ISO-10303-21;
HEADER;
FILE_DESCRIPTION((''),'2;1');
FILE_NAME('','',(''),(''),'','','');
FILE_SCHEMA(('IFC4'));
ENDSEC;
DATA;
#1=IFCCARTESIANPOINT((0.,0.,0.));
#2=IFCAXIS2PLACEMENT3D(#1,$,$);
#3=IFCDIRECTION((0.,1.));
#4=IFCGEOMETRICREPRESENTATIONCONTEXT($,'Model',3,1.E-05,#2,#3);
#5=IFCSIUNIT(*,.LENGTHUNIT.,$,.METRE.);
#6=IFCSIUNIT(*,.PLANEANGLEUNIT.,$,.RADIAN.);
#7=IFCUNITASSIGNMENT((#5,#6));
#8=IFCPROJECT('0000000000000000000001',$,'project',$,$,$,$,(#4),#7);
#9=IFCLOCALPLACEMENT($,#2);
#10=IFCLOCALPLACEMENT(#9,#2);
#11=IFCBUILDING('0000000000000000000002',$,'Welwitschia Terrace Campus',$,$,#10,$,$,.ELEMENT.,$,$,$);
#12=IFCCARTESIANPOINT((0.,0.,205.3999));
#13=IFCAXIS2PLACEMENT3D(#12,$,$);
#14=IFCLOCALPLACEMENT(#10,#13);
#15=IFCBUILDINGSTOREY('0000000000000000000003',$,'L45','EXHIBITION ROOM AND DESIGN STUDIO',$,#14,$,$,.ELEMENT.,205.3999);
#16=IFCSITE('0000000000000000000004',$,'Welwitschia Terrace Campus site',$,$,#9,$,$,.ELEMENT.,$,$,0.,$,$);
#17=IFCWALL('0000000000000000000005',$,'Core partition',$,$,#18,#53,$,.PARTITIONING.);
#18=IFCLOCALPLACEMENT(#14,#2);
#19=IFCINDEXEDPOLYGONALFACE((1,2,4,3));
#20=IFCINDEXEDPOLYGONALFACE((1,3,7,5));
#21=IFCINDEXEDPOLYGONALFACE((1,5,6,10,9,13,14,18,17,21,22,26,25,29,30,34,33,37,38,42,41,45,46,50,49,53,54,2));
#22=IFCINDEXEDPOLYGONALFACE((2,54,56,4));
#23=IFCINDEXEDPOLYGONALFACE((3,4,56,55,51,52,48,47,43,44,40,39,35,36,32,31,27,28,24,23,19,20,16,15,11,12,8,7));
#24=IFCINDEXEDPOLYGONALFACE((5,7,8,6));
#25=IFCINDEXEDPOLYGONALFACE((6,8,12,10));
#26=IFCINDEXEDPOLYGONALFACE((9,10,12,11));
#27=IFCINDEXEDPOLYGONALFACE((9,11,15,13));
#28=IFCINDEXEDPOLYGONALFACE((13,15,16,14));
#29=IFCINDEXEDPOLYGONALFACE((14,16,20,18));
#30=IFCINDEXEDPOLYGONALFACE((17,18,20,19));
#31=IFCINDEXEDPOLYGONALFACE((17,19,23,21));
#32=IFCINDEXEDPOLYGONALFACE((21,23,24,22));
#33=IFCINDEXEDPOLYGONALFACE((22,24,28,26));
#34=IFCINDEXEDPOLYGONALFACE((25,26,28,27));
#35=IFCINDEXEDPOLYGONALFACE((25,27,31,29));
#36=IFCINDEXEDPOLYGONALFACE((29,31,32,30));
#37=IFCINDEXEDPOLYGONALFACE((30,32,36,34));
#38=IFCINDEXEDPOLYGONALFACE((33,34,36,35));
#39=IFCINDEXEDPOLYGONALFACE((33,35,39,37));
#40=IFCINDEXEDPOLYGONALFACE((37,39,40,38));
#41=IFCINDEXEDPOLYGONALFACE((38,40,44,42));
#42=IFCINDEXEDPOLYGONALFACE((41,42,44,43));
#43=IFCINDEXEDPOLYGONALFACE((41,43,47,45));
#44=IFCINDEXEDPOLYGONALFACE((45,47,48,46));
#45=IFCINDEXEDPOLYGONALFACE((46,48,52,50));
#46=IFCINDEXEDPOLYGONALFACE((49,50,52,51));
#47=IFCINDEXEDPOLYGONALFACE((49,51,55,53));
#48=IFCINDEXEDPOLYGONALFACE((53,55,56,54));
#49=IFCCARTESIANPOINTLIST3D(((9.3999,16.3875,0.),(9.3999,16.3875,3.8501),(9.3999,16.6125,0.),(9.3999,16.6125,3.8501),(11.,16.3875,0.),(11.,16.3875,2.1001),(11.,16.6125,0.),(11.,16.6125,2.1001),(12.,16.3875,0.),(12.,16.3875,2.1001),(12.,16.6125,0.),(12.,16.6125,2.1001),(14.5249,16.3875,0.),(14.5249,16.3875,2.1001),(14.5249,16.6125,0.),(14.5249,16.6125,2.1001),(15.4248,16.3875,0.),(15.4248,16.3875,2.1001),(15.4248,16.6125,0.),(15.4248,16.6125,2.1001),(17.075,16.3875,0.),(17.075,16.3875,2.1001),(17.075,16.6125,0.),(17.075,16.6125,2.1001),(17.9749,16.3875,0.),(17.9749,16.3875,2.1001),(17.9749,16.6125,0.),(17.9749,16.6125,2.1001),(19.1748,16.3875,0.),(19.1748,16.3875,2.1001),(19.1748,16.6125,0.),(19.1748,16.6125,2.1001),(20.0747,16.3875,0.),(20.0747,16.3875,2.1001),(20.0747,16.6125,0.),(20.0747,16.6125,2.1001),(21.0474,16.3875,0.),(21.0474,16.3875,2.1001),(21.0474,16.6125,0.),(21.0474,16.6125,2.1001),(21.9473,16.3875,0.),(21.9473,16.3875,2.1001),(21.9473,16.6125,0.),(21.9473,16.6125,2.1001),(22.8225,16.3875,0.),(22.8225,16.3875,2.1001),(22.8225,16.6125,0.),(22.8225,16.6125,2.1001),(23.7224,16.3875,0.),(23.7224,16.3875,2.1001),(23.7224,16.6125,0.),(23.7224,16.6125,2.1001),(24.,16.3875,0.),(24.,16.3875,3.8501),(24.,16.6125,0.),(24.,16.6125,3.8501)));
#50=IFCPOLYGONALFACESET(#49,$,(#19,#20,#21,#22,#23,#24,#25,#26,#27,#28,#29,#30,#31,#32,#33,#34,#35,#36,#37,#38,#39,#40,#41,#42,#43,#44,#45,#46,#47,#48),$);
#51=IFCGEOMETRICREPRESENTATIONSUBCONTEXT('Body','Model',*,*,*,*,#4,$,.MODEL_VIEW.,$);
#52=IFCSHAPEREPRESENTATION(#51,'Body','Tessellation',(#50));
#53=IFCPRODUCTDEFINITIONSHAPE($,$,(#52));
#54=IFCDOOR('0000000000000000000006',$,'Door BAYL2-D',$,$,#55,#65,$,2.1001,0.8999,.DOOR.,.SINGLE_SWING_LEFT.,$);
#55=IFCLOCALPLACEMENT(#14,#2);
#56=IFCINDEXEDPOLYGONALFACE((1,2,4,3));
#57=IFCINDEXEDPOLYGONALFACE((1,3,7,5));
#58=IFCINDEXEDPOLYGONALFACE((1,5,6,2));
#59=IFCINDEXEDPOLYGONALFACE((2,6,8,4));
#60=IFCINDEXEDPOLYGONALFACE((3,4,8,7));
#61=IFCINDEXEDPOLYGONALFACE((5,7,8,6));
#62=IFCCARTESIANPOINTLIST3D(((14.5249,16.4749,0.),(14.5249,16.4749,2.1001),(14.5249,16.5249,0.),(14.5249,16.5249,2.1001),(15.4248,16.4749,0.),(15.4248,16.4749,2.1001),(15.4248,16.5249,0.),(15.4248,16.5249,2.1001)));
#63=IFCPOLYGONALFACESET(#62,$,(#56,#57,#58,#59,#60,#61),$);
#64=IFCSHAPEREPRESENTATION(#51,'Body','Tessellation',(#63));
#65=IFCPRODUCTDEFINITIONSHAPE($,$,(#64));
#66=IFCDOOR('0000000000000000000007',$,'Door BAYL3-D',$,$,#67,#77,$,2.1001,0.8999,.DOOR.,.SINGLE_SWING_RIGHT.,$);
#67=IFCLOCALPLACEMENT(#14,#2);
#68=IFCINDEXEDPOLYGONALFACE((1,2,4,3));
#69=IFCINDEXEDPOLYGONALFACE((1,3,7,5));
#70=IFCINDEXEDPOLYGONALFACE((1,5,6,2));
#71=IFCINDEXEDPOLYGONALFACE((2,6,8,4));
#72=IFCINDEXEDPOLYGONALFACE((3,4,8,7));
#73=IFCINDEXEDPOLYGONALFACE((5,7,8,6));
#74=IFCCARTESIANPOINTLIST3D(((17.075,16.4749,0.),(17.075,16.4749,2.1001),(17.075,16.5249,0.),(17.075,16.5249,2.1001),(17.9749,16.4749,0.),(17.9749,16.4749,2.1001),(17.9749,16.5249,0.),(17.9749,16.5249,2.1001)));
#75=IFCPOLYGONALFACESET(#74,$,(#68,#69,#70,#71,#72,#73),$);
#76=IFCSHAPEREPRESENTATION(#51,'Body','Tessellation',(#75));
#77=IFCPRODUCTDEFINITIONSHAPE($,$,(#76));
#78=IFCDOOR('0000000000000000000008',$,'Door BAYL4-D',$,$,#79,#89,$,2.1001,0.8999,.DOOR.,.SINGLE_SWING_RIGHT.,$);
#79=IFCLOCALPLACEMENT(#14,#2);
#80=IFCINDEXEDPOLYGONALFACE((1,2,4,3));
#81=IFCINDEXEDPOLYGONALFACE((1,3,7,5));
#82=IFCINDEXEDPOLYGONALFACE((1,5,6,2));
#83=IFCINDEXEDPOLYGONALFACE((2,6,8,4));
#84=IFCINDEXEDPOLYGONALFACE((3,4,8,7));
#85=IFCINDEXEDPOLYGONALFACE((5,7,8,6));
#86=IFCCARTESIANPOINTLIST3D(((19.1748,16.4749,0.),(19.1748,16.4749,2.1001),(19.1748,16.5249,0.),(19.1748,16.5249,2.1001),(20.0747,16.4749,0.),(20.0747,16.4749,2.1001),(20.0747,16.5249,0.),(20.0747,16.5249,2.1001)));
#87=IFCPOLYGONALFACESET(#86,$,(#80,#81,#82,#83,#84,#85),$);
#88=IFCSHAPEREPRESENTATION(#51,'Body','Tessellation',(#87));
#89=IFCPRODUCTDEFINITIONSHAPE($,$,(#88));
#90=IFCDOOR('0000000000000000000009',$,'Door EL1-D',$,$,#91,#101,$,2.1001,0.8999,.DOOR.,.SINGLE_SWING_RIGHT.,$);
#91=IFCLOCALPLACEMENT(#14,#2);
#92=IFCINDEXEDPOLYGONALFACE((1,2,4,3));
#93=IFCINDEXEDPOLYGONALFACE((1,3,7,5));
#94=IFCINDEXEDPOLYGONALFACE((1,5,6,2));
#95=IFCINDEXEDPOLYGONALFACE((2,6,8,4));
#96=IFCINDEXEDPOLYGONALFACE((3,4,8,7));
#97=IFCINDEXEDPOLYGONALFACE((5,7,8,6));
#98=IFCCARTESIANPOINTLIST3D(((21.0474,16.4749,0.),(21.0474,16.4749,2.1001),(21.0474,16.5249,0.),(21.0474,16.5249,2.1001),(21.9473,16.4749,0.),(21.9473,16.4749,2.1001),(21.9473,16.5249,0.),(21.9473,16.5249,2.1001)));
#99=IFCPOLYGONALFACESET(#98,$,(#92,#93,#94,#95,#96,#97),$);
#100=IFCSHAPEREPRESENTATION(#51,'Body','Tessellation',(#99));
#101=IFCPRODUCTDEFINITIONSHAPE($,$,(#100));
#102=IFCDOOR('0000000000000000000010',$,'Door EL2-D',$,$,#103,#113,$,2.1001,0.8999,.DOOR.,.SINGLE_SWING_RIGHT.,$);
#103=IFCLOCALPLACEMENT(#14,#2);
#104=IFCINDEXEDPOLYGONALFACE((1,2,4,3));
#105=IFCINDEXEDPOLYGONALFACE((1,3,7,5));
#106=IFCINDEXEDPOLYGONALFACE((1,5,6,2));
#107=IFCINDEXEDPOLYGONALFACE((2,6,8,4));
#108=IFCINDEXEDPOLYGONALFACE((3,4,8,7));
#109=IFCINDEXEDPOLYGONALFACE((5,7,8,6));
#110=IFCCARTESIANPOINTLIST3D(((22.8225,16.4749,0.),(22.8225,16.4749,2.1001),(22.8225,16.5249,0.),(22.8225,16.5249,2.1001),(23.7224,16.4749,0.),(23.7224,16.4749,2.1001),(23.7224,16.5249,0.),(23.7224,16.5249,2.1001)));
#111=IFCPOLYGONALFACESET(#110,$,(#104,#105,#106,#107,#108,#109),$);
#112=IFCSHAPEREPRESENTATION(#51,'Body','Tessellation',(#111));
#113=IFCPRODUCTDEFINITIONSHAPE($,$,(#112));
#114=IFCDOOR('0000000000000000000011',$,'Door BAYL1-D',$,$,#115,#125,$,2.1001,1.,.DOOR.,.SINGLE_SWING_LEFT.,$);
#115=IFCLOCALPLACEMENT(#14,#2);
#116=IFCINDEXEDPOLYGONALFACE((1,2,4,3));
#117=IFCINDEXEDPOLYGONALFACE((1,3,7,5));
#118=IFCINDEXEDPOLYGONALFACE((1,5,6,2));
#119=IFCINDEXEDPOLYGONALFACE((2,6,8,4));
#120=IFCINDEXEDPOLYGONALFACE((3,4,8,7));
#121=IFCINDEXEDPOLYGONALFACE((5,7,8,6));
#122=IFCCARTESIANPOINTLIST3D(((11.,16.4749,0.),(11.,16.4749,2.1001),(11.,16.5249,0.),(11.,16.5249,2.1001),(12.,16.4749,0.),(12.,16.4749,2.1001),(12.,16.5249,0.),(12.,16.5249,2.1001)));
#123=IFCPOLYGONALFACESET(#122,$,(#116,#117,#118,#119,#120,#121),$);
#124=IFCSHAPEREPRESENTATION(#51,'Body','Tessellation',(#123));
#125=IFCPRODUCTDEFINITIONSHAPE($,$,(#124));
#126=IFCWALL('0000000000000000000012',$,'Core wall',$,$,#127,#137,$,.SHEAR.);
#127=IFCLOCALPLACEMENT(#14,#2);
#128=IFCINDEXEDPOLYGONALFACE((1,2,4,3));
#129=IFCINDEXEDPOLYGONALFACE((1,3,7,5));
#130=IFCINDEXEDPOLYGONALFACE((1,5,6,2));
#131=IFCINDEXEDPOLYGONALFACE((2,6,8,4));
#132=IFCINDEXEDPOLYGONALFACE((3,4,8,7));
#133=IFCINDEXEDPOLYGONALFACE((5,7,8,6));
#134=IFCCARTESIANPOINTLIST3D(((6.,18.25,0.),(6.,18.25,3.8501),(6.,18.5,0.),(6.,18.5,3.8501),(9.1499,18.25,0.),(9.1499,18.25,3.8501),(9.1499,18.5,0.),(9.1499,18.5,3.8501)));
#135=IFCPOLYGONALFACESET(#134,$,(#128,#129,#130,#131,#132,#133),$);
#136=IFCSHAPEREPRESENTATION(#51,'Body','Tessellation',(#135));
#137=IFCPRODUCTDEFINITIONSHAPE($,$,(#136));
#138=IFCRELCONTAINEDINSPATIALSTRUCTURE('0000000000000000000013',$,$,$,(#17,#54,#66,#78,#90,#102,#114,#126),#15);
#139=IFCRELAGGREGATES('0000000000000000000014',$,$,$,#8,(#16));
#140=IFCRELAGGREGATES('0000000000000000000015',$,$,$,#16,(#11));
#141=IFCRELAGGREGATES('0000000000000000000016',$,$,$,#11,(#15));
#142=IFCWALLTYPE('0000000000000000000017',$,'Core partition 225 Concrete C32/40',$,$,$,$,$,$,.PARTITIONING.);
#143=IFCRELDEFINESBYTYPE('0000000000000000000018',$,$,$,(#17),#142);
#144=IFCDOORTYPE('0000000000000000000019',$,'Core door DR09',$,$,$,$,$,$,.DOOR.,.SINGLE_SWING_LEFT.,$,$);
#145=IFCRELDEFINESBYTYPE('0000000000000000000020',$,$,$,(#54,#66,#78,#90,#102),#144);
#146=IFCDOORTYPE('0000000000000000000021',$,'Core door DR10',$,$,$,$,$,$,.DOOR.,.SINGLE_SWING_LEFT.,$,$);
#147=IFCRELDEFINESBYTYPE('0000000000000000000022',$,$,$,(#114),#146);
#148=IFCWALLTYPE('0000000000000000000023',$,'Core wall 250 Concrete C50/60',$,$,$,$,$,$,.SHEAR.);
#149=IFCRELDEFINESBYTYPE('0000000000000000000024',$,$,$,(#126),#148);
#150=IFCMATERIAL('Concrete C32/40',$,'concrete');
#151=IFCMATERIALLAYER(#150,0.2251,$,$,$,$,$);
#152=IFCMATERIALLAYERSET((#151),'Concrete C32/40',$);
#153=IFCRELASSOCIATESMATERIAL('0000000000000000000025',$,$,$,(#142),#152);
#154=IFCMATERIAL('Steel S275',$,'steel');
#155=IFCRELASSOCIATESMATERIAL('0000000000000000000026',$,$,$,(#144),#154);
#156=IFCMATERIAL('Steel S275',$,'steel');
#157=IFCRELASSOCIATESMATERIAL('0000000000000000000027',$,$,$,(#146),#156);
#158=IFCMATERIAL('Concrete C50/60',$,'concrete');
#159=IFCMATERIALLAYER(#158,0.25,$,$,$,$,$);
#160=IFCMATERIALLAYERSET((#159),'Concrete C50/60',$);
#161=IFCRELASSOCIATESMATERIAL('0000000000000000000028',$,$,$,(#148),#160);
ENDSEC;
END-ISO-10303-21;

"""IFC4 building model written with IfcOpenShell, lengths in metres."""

from ifc_helpers import new_model, si_unit, direction, frame, frame_2d, origin, place, context, subcontext, project, spatial, rectangle, extrude, material, layer, layer_set, type_object, element, fill, save


model = new_model("IFC4")

# Units and contexts
model_context = context("Model", 3, precision=1e-05, world=origin(), true_north=direction((0.0, 1.0)))
body_context = subcontext(model_context, "Body", "Model", "MODEL_VIEW")
ifc_project = project(units=[si_unit("LENGTHUNIT", "METRE"), si_unit("PLANEANGLEUNIT", "RADIAN")], contexts=[model_context])

# Site, building, storey
site_placement = place(None, origin())
site = spatial("IfcSite", under=ifc_project, at=site_placement, Name="Welwitschia Terrace Campus site", CompositionType="ELEMENT", RefElevation=0.0)
building_placement = place(site_placement, origin())
building = spatial("IfcBuilding", under=site, at=building_placement, Name="Welwitschia Terrace Campus", CompositionType="ELEMENT")
storey_placement = place(building_placement, frame((0.0, 0.0, 205.3999)))
storey = spatial("IfcBuildingStorey", under=building, at=storey_placement, Name="L45", Description="EXHIBITION ROOM AND DESIGN STUDIO", CompositionType="ELEMENT", Elevation=205.3999)

# Shared definitions
ifc_material_1 = material(Name="Concrete C32/40", Category="concrete")
ifc_layer_1 = layer(ifc_material_1, 0.2251)
ifc_layer_set_1 = layer_set([ifc_layer_1], Name="Concrete C32/40")
wall_type_1 = type_object("IfcWallType", Name="Core partition 225 Concrete C32/40", PredefinedType="PARTITIONING", material=ifc_layer_set_1)

# Wall, openings, doors
wall_1_placement = place(storey_placement, frame((9.3999, 16.5, 0.0), z_axis=(0.0, 0.0, 1.0), x_axis=(1.0, 0.0, 0.0)))
wall_1 = element("IfcWall", 1, at=wall_1_placement, inside=storey, type_object=wall_type_1, Name="Core partition", PredefinedType="PARTITIONING", context=body_context, shape_type="SweptSolid", body=[
    extrude(rectangle(XDim=14.6001, YDim=0.2251, at=frame_2d((7.3, 0.0))), origin(), (0.0, 0.0, 1.0), 3.8501),
])
opening_1_placement = place(wall_1_placement, frame((1.6001, 0.0, 0.0)))
opening_1 = element("IfcOpeningElement", 2, at=opening_1_placement, cuts=wall_1, PredefinedType="OPENING", context=body_context, shape_type="SweptSolid", body=[
    extrude(rectangle(XDim=1.0, YDim=2.1001, at=frame_2d((0.5, 1.05))), frame((0.0, 0.1226, 0.0), z_axis=(0.0, -1.0, 0.0), x_axis=(1.0, 0.0, 0.0)), (0.0, 0.0, 1.0), 0.2451),
])
opening_2_placement = place(wall_1_placement, frame((5.125, 0.0, 0.0)))
opening_2 = element("IfcOpeningElement", 3, at=opening_2_placement, cuts=wall_1, PredefinedType="OPENING", context=body_context, shape_type="SweptSolid", body=[
    extrude(rectangle(XDim=0.8999, YDim=2.1001, at=frame_2d((0.45, 1.05))), frame((0.0, 0.1226, 0.0), z_axis=(0.0, -1.0, 0.0), x_axis=(1.0, 0.0, 0.0)), (0.0, 0.0, 1.0), 0.2451),
])
opening_3_placement = place(wall_1_placement, frame((7.675, 0.0, 0.0)))
opening_3 = element("IfcOpeningElement", 4, at=opening_3_placement, cuts=wall_1, PredefinedType="OPENING", context=body_context, shape_type="SweptSolid", body=[
    extrude(rectangle(XDim=0.8999, YDim=2.1001, at=frame_2d((0.45, 1.05))), frame((0.0, 0.1226, 0.0), z_axis=(0.0, -1.0, 0.0), x_axis=(1.0, 0.0, 0.0)), (0.0, 0.0, 1.0), 0.2451),
])
opening_4_placement = place(wall_1_placement, frame((9.7749, 0.0, 0.0)))
opening_4 = element("IfcOpeningElement", 5, at=opening_4_placement, cuts=wall_1, PredefinedType="OPENING", context=body_context, shape_type="SweptSolid", body=[
    extrude(rectangle(XDim=0.8999, YDim=2.1001, at=frame_2d((0.45, 1.05))), frame((0.0, 0.1226, 0.0), z_axis=(0.0, -1.0, 0.0), x_axis=(1.0, 0.0, 0.0)), (0.0, 0.0, 1.0), 0.2451),
])
opening_5_placement = place(wall_1_placement, frame((11.6475, 0.0, 0.0)))
opening_5 = element("IfcOpeningElement", 6, at=opening_5_placement, cuts=wall_1, PredefinedType="OPENING", context=body_context, shape_type="SweptSolid", body=[
    extrude(rectangle(XDim=0.8999, YDim=2.1001, at=frame_2d((0.45, 1.05))), frame((0.0, 0.1226, 0.0), z_axis=(0.0, -1.0, 0.0), x_axis=(1.0, 0.0, 0.0)), (0.0, 0.0, 1.0), 0.2451),
])
opening_6_placement = place(wall_1_placement, frame((13.4226, 0.0, 0.0)))
opening_6 = element("IfcOpeningElement", 7, at=opening_6_placement, cuts=wall_1, PredefinedType="OPENING", context=body_context, shape_type="SweptSolid", body=[
    extrude(rectangle(XDim=0.8999, YDim=2.1001, at=frame_2d((0.45, 1.05))), frame((0.0, 0.1226, 0.0), z_axis=(0.0, -1.0, 0.0), x_axis=(1.0, 0.0, 0.0)), (0.0, 0.0, 1.0), 0.2451),
])
ifc_material_2 = material(Name="Steel S275", Category="steel")
door_type_1 = type_object("IfcDoorType", Name="Core door DR09", OperationType="SINGLE_SWING_LEFT", PredefinedType="DOOR", material=ifc_material_2)
door_1_placement = place(opening_2_placement, origin())
door_1 = element("IfcDoor", 8, at=door_1_placement, inside=storey, type_object=door_type_1, Name="Door BAYL2-D", OperationType="SINGLE_SWING_LEFT", OverallHeight=2.1001, OverallWidth=0.8999, PredefinedType="DOOR", context=body_context, shape_type="SweptSolid", body=[
    extrude(rectangle(XDim=0.8999, YDim=2.1001, at=frame_2d((0.45, 1.05))), frame((0.0, 0.0249, 0.0), z_axis=(0.0, -1.0, 0.0), x_axis=(1.0, 0.0, 0.0)), (0.0, 0.0, 1.0), 0.05),
])
fill(opening_2, door_1)
door_2_placement = place(opening_3_placement, origin())
door_2 = element("IfcDoor", 9, at=door_2_placement, inside=storey, type_object=door_type_1, Name="Door BAYL3-D", OperationType="SINGLE_SWING_RIGHT", OverallHeight=2.1001, OverallWidth=0.8999, PredefinedType="DOOR", context=body_context, shape_type="SweptSolid", body=[
    extrude(rectangle(XDim=0.8999, YDim=2.1001, at=frame_2d((0.45, 1.05))), frame((0.0, 0.0249, 0.0), z_axis=(0.0, -1.0, 0.0), x_axis=(1.0, 0.0, 0.0)), (0.0, 0.0, 1.0), 0.05),
])
fill(opening_3, door_2)
door_3_placement = place(opening_4_placement, origin())
door_3 = element("IfcDoor", 10, at=door_3_placement, inside=storey, type_object=door_type_1, Name="Door BAYL4-D", OperationType="SINGLE_SWING_RIGHT", OverallHeight=2.1001, OverallWidth=0.8999, PredefinedType="DOOR", context=body_context, shape_type="SweptSolid", body=[
    extrude(rectangle(XDim=0.8999, YDim=2.1001, at=frame_2d((0.45, 1.05))), frame((0.0, 0.0249, 0.0), z_axis=(0.0, -1.0, 0.0), x_axis=(1.0, 0.0, 0.0)), (0.0, 0.0, 1.0), 0.05),
])
fill(opening_4, door_3)
door_4_placement = place(opening_5_placement, origin())
door_4 = element("IfcDoor", 11, at=door_4_placement, inside=storey, type_object=door_type_1, Name="Door EL1-D", OperationType="SINGLE_SWING_RIGHT", OverallHeight=2.1001, OverallWidth=0.8999, PredefinedType="DOOR", context=body_context, shape_type="SweptSolid", body=[
    extrude(rectangle(XDim=0.8999, YDim=2.1001, at=frame_2d((0.45, 1.05))), frame((0.0, 0.0249, 0.0), z_axis=(0.0, -1.0, 0.0), x_axis=(1.0, 0.0, 0.0)), (0.0, 0.0, 1.0), 0.05),
])
fill(opening_5, door_4)
door_5_placement = place(opening_6_placement, origin())
door_5 = element("IfcDoor", 12, at=door_5_placement, inside=storey, type_object=door_type_1, Name="Door EL2-D", OperationType="SINGLE_SWING_RIGHT", OverallHeight=2.1001, OverallWidth=0.8999, PredefinedType="DOOR", context=body_context, shape_type="SweptSolid", body=[
    extrude(rectangle(XDim=0.8999, YDim=2.1001, at=frame_2d((0.45, 1.05))), frame((0.0, 0.0249, 0.0), z_axis=(0.0, -1.0, 0.0), x_axis=(1.0, 0.0, 0.0)), (0.0, 0.0, 1.0), 0.05),
])
fill(opening_6, door_5)
ifc_material_3 = material(Name="Steel S275", Category="steel")
door_type_2 = type_object("IfcDoorType", Name="Core door DR10", OperationType="SINGLE_SWING_LEFT", PredefinedType="DOOR", material=ifc_material_3)
door_6_placement = place(opening_1_placement, origin())
door_6 = element("IfcDoor", 13, at=door_6_placement, inside=storey, type_object=door_type_2, Name="Door BAYL1-D", OperationType="SINGLE_SWING_LEFT", OverallHeight=2.1001, OverallWidth=1.0, PredefinedType="DOOR", context=body_context, shape_type="SweptSolid", body=[
    extrude(rectangle(XDim=1.0, YDim=2.1001, at=frame_2d((0.5, 1.05))), frame((0.0, 0.0249, 0.0), z_axis=(0.0, -1.0, 0.0), x_axis=(1.0, 0.0, 0.0)), (0.0, 0.0, 1.0), 0.05),
])
fill(opening_1, door_6)

# Wall
ifc_material_4 = material(Name="Concrete C50/60", Category="concrete")
ifc_layer_2 = layer(ifc_material_4, 0.25)
ifc_layer_set_2 = layer_set([ifc_layer_2], Name="Concrete C50/60")
wall_type_2 = type_object("IfcWallType", Name="Core wall 250 Concrete C50/60", PredefinedType="SHEAR", material=ifc_layer_set_2)
wall_2_placement = place(storey_placement, frame((6.0, 18.375, 0.0), z_axis=(0.0, 0.0, 1.0), x_axis=(1.0, 0.0, 0.0)))
element("IfcWall", 14, at=wall_2_placement, inside=storey, type_object=wall_type_2, Name="Core wall", PredefinedType="SHEAR", context=body_context, shape_type="SweptSolid", body=[
    extrude(rectangle(XDim=3.1499, YDim=0.25, at=frame_2d((1.575, 0.0))), origin(), (0.0, 0.0, 1.0), 3.8501),
])

save(model, "model.ifc")
